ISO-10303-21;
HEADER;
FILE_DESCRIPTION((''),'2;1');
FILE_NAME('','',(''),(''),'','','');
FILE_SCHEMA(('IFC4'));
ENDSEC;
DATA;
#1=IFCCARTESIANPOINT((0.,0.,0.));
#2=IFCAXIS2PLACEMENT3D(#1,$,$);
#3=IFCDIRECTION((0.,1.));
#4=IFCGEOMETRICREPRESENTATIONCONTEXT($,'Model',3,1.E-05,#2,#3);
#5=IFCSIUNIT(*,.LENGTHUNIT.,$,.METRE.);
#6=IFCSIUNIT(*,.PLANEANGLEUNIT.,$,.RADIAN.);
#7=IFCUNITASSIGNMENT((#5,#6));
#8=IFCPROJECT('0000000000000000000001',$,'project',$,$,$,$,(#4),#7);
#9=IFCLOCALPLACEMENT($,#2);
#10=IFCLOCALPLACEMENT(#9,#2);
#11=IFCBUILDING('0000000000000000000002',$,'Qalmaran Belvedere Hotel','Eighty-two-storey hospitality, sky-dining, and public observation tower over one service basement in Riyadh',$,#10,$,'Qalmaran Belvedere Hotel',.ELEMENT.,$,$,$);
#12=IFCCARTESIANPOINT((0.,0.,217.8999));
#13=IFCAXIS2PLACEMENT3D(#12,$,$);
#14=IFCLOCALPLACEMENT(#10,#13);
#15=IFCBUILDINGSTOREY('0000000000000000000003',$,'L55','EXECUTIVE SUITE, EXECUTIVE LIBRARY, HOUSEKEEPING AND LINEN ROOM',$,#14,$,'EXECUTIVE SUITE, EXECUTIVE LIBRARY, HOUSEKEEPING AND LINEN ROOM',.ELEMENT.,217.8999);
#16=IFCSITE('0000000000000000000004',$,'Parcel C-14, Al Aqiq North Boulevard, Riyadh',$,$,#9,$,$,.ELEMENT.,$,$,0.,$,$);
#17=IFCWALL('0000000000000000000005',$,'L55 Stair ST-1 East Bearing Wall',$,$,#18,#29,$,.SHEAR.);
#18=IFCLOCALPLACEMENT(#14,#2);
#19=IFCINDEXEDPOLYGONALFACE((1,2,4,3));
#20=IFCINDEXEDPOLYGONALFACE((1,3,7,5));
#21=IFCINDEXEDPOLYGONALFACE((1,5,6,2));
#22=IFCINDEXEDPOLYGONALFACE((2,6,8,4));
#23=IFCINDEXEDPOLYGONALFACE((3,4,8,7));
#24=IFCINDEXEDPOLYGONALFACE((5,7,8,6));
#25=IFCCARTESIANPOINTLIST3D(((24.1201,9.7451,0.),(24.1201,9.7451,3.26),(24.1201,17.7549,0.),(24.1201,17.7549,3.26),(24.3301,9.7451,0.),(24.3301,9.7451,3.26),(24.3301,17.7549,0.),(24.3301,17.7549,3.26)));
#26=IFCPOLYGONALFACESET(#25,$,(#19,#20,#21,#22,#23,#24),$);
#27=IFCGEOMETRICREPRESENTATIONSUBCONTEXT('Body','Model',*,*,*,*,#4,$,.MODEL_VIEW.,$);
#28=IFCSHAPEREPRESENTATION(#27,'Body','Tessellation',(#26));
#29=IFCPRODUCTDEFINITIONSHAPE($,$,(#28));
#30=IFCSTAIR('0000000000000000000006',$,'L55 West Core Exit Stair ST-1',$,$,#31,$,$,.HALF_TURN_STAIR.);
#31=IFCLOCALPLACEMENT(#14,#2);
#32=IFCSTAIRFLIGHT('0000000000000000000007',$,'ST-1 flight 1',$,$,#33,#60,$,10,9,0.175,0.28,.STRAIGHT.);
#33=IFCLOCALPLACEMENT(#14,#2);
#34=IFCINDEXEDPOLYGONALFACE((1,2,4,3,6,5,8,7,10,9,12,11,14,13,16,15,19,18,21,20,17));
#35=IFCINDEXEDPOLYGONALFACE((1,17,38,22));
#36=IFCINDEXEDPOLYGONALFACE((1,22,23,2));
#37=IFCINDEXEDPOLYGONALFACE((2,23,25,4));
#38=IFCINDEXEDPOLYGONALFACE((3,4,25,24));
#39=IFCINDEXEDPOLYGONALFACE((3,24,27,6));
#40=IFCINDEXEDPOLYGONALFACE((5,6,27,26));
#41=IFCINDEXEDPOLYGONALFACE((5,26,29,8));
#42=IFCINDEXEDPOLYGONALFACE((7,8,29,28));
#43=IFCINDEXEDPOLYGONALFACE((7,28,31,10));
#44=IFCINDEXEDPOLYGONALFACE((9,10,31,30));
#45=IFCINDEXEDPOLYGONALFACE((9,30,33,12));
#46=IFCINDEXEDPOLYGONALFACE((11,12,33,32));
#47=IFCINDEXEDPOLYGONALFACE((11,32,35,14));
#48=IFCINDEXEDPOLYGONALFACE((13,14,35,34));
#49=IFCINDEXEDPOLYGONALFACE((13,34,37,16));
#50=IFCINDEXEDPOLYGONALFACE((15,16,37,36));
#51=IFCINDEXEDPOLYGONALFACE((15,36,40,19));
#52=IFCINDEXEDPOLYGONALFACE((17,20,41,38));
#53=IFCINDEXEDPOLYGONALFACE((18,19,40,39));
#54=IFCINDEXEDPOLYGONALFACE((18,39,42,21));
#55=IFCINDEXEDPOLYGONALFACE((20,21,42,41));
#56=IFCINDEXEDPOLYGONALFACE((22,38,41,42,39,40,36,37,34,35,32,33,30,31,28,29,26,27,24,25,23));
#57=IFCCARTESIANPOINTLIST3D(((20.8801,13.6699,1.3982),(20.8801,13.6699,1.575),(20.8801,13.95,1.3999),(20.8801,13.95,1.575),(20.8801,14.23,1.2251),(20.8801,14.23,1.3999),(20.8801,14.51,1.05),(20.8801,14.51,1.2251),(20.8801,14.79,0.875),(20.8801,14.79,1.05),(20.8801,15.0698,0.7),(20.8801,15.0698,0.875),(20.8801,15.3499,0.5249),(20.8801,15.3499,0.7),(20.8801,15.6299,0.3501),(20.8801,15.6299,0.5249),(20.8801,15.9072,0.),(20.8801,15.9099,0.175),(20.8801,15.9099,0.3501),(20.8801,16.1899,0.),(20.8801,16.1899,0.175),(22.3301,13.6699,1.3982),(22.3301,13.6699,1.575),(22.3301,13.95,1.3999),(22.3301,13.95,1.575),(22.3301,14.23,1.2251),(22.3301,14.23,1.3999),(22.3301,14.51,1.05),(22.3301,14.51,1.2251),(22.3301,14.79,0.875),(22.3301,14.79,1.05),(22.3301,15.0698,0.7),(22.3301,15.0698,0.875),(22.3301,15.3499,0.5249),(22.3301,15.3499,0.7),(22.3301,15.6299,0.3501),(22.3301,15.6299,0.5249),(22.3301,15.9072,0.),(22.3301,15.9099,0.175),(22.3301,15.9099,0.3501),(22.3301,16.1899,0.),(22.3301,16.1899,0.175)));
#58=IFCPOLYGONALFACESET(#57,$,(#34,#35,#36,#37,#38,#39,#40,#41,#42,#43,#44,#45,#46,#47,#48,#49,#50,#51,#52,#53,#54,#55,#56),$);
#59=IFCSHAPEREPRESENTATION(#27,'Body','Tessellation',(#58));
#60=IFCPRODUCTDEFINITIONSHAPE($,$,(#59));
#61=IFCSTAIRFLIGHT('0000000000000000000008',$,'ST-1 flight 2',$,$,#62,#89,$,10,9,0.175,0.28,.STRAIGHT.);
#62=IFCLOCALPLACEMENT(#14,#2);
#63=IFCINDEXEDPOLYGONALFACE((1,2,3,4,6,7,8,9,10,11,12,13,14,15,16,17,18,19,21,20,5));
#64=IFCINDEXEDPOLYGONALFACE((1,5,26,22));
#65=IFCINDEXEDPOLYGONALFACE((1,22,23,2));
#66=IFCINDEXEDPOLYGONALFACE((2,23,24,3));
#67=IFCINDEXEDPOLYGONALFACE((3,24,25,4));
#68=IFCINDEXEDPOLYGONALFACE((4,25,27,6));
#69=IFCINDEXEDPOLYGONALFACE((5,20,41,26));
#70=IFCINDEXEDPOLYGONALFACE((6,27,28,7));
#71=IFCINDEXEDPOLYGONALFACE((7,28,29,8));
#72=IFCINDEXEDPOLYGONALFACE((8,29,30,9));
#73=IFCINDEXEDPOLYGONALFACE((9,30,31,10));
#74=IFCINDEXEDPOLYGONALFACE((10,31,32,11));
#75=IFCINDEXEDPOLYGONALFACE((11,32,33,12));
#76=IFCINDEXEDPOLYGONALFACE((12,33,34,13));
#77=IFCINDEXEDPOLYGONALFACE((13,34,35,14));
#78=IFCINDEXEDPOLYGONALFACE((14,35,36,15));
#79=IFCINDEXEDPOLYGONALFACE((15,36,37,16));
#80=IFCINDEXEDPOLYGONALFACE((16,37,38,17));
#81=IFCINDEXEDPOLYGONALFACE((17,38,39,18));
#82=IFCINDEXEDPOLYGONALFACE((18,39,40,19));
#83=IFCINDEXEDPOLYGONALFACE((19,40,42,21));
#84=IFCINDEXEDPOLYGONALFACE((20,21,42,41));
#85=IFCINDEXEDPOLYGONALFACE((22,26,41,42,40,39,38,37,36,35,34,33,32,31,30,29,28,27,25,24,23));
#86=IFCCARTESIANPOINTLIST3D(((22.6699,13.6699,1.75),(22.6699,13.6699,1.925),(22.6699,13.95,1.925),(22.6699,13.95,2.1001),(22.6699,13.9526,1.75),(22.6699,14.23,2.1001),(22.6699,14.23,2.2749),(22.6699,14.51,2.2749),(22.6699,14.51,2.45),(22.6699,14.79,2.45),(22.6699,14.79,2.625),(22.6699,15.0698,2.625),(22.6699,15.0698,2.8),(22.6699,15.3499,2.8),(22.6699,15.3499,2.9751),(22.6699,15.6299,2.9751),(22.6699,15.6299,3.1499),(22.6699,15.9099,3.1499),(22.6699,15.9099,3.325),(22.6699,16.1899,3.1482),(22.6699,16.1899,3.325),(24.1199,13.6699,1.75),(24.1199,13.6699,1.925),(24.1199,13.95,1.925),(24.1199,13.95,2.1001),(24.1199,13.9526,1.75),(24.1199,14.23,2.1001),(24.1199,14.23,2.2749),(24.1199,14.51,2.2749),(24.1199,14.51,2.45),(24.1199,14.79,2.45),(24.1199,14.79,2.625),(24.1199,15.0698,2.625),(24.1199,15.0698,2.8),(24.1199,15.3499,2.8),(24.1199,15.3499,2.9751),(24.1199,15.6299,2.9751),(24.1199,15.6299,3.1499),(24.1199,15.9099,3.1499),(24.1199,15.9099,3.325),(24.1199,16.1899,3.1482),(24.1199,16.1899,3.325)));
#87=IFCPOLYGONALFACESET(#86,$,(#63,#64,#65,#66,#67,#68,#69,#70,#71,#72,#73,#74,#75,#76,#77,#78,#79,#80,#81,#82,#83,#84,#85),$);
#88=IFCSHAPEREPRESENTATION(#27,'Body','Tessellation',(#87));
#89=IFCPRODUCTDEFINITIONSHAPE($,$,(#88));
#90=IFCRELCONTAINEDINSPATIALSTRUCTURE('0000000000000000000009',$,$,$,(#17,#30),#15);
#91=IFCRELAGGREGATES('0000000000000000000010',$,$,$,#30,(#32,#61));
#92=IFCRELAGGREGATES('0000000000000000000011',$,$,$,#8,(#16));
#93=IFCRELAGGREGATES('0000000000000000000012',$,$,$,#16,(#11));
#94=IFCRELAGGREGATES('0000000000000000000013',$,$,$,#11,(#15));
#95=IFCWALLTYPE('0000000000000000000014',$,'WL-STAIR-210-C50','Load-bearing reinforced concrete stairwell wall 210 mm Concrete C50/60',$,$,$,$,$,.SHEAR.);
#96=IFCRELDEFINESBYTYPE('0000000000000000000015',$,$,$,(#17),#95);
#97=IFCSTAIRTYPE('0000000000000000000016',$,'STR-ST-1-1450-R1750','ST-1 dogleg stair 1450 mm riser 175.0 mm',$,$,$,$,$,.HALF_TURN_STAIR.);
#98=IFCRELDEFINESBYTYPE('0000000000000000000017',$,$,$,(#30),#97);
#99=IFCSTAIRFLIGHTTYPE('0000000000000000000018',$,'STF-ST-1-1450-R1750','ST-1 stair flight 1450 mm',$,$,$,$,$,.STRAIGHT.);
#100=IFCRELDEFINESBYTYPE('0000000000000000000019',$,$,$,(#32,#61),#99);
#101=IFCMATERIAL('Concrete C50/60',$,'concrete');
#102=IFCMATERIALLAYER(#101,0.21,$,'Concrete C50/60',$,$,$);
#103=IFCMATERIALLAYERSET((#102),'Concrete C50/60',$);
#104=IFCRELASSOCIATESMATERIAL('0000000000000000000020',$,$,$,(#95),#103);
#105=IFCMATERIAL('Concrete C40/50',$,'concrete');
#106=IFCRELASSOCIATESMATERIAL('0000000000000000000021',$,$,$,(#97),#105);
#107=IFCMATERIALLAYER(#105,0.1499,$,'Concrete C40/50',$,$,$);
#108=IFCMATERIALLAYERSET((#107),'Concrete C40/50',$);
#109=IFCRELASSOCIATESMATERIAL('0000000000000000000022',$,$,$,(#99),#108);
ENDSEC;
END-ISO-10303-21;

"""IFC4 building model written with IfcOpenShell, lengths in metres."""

from ifc_helpers import new_model, si_unit, direction, frame, frame_2d, origin, place, context, subcontext, project, spatial, polyline, rectangle, outline, extrude, material, layer, layer_set, type_object, element, aggregate, save


model = new_model("IFC4")

# Units and contexts
model_context = context("Model", 3, precision=1e-05, world=origin(), true_north=direction((0.0, 1.0)))
body_context = subcontext(model_context, "Body", "Model", "MODEL_VIEW")
ifc_project = project(units=[si_unit("LENGTHUNIT", "METRE"), si_unit("PLANEANGLEUNIT", "RADIAN")], contexts=[model_context])

# Site, building, storey
site_placement = place(None, origin())
site = spatial("IfcSite", under=ifc_project, at=site_placement, Name="Parcel C-14, Al Aqiq North Boulevard, Riyadh", CompositionType="ELEMENT", RefElevation=0.0)
building_placement = place(site_placement, origin())
building = spatial("IfcBuilding", under=site, at=building_placement, Name="Qalmaran Belvedere Hotel", Description="Eighty-two-storey hospitality, sky-dining, and public observation tower over one service basement in Riyadh", LongName="Qalmaran Belvedere Hotel", CompositionType="ELEMENT")
storey_placement = place(building_placement, frame((0.0, 0.0, 217.8999)))
storey = spatial("IfcBuildingStorey", under=building, at=storey_placement, Name="L55", Description="EXECUTIVE SUITE, EXECUTIVE LIBRARY, HOUSEKEEPING AND LINEN ROOM", LongName="EXECUTIVE SUITE, EXECUTIVE LIBRARY, HOUSEKEEPING AND LINEN ROOM", CompositionType="ELEMENT", Elevation=217.8999)

# Shared definitions
ifc_material_1 = material(Name="Concrete C50/60", Category="concrete")

# Wall
ifc_layer_1 = layer(ifc_material_1, 0.21, Name="Concrete C50/60")
ifc_layer_set_1 = layer_set([ifc_layer_1], Name="Concrete C50/60")
wall_type_1 = type_object("IfcWallType", Name="WL-STAIR-210-C50", Description="Load-bearing reinforced concrete stairwell wall 210 mm Concrete C50/60", PredefinedType="SHEAR", material=ifc_layer_set_1)
wall_1_placement = place(storey_placement, frame((24.2251, 9.7451, 0.0), z_axis=(0.0, 0.0, 1.0), x_axis=(0.0, 1.0, 0.0)))
element("IfcWall", 1, at=wall_1_placement, inside=storey, type_object=wall_type_1, Name="L55 Stair ST-1 East Bearing Wall", PredefinedType="SHEAR", context=body_context, shape_type="SweptSolid", body=[
    extrude(rectangle(XDim=8.0098, YDim=0.21, at=frame_2d((4.0049, 0.0))), origin(), (0.0, 0.0, 1.0), 3.26),
])

# Stair, stair flights
ifc_material_2 = material(Name="Concrete C40/50", Category="concrete")
stair_type = type_object("IfcStairType", Name="STR-ST-1-1450-R1750", Description="ST-1 dogleg stair 1450 mm riser 175.0 mm", PredefinedType="HALF_TURN_STAIR", material=ifc_material_2)
stair_placement = place(storey_placement, origin())
stair = element("IfcStair", 2, at=stair_placement, inside=storey, type_object=stair_type, Name="L55 West Core Exit Stair ST-1", PredefinedType="HALF_TURN_STAIR")
ifc_layer_2 = layer(ifc_material_2, 0.1499, Name="Concrete C40/50")
ifc_layer_set_2 = layer_set([ifc_layer_2], Name="Concrete C40/50")
stair_flight_type = type_object("IfcStairFlightType", Name="STF-ST-1-1450-R1750", Description="ST-1 stair flight 1450 mm", PredefinedType="STRAIGHT", material=ifc_layer_set_2)
stair_flight_1_placement = place(storey_placement, frame((21.605, 16.1899, 0.0), z_axis=(0.0, 0.0, 1.0), x_axis=(0.0, -1.0, 0.0)))
stair_flight_1 = element("IfcStairFlight", 3, at=stair_flight_1_placement, type_object=stair_flight_type, Name="ST-1 flight 1", NumberOfRisers=10, NumberOfTreads=9, PredefinedType="STRAIGHT", RiserHeight=0.175, TreadLength=0.28, context=body_context, shape_type="SweptSolid", body=[
    extrude(outline(polyline([(0.0, 0.0), (0.0, 0.175), (0.28, 0.175), (0.28, 0.3501), (0.5601, 0.3501), (0.5601, 0.5249), (0.8401, 0.5249), (0.8401, 0.7), (1.1201, 0.7), (1.1201, 0.875), (1.3999, 0.875), (1.3999, 1.05), (1.6799, 1.05), (1.6799, 1.2251), (1.96, 1.2251), (1.96, 1.3999), (2.24, 1.3999), (2.24, 1.575), (2.52, 1.575), (2.52, 1.75), (2.52, 1.3982), (0.2827, 0.0), (0.0, 0.0)])), frame((0.0, 0.7251, 0.0), z_axis=(0.0, -1.0, 0.0), x_axis=(1.0, 0.0, 0.0)), (0.0, 0.0, 1.0), 1.45),
])
stair_flight_2_placement = place(storey_placement, frame((23.395, 13.6699, 1.75), z_axis=(0.0, 0.0, 1.0), x_axis=(0.0, 1.0, 0.0)))
stair_flight_2 = element("IfcStairFlight", 4, at=stair_flight_2_placement, type_object=stair_flight_type, Name="ST-1 flight 2", NumberOfRisers=10, NumberOfTreads=9, PredefinedType="STRAIGHT", RiserHeight=0.175, TreadLength=0.28, context=body_context, shape_type="SweptSolid", body=[
    extrude(outline(polyline([(0.0, 0.0), (0.0, 0.175), (0.28, 0.175), (0.28, 0.3501), (0.5601, 0.3501), (0.5601, 0.5249), (0.8401, 0.5249), (0.8401, 0.7), (1.1201, 0.7), (1.1201, 0.875), (1.3999, 0.875), (1.3999, 1.05), (1.6799, 1.05), (1.6799, 1.2251), (1.96, 1.2251), (1.96, 1.3999), (2.24, 1.3999), (2.24, 1.575), (2.52, 1.575), (2.52, 1.75), (2.52, 1.3982), (0.2827, 0.0), (0.0, 0.0)])), frame((0.0, 0.7251, 0.0), z_axis=(0.0, -1.0, 0.0), x_axis=(1.0, 0.0, 0.0)), (0.0, 0.0, 1.0), 1.45),
])
aggregate(stair, [stair_flight_1, stair_flight_2])

save(model, "model.ifc")
